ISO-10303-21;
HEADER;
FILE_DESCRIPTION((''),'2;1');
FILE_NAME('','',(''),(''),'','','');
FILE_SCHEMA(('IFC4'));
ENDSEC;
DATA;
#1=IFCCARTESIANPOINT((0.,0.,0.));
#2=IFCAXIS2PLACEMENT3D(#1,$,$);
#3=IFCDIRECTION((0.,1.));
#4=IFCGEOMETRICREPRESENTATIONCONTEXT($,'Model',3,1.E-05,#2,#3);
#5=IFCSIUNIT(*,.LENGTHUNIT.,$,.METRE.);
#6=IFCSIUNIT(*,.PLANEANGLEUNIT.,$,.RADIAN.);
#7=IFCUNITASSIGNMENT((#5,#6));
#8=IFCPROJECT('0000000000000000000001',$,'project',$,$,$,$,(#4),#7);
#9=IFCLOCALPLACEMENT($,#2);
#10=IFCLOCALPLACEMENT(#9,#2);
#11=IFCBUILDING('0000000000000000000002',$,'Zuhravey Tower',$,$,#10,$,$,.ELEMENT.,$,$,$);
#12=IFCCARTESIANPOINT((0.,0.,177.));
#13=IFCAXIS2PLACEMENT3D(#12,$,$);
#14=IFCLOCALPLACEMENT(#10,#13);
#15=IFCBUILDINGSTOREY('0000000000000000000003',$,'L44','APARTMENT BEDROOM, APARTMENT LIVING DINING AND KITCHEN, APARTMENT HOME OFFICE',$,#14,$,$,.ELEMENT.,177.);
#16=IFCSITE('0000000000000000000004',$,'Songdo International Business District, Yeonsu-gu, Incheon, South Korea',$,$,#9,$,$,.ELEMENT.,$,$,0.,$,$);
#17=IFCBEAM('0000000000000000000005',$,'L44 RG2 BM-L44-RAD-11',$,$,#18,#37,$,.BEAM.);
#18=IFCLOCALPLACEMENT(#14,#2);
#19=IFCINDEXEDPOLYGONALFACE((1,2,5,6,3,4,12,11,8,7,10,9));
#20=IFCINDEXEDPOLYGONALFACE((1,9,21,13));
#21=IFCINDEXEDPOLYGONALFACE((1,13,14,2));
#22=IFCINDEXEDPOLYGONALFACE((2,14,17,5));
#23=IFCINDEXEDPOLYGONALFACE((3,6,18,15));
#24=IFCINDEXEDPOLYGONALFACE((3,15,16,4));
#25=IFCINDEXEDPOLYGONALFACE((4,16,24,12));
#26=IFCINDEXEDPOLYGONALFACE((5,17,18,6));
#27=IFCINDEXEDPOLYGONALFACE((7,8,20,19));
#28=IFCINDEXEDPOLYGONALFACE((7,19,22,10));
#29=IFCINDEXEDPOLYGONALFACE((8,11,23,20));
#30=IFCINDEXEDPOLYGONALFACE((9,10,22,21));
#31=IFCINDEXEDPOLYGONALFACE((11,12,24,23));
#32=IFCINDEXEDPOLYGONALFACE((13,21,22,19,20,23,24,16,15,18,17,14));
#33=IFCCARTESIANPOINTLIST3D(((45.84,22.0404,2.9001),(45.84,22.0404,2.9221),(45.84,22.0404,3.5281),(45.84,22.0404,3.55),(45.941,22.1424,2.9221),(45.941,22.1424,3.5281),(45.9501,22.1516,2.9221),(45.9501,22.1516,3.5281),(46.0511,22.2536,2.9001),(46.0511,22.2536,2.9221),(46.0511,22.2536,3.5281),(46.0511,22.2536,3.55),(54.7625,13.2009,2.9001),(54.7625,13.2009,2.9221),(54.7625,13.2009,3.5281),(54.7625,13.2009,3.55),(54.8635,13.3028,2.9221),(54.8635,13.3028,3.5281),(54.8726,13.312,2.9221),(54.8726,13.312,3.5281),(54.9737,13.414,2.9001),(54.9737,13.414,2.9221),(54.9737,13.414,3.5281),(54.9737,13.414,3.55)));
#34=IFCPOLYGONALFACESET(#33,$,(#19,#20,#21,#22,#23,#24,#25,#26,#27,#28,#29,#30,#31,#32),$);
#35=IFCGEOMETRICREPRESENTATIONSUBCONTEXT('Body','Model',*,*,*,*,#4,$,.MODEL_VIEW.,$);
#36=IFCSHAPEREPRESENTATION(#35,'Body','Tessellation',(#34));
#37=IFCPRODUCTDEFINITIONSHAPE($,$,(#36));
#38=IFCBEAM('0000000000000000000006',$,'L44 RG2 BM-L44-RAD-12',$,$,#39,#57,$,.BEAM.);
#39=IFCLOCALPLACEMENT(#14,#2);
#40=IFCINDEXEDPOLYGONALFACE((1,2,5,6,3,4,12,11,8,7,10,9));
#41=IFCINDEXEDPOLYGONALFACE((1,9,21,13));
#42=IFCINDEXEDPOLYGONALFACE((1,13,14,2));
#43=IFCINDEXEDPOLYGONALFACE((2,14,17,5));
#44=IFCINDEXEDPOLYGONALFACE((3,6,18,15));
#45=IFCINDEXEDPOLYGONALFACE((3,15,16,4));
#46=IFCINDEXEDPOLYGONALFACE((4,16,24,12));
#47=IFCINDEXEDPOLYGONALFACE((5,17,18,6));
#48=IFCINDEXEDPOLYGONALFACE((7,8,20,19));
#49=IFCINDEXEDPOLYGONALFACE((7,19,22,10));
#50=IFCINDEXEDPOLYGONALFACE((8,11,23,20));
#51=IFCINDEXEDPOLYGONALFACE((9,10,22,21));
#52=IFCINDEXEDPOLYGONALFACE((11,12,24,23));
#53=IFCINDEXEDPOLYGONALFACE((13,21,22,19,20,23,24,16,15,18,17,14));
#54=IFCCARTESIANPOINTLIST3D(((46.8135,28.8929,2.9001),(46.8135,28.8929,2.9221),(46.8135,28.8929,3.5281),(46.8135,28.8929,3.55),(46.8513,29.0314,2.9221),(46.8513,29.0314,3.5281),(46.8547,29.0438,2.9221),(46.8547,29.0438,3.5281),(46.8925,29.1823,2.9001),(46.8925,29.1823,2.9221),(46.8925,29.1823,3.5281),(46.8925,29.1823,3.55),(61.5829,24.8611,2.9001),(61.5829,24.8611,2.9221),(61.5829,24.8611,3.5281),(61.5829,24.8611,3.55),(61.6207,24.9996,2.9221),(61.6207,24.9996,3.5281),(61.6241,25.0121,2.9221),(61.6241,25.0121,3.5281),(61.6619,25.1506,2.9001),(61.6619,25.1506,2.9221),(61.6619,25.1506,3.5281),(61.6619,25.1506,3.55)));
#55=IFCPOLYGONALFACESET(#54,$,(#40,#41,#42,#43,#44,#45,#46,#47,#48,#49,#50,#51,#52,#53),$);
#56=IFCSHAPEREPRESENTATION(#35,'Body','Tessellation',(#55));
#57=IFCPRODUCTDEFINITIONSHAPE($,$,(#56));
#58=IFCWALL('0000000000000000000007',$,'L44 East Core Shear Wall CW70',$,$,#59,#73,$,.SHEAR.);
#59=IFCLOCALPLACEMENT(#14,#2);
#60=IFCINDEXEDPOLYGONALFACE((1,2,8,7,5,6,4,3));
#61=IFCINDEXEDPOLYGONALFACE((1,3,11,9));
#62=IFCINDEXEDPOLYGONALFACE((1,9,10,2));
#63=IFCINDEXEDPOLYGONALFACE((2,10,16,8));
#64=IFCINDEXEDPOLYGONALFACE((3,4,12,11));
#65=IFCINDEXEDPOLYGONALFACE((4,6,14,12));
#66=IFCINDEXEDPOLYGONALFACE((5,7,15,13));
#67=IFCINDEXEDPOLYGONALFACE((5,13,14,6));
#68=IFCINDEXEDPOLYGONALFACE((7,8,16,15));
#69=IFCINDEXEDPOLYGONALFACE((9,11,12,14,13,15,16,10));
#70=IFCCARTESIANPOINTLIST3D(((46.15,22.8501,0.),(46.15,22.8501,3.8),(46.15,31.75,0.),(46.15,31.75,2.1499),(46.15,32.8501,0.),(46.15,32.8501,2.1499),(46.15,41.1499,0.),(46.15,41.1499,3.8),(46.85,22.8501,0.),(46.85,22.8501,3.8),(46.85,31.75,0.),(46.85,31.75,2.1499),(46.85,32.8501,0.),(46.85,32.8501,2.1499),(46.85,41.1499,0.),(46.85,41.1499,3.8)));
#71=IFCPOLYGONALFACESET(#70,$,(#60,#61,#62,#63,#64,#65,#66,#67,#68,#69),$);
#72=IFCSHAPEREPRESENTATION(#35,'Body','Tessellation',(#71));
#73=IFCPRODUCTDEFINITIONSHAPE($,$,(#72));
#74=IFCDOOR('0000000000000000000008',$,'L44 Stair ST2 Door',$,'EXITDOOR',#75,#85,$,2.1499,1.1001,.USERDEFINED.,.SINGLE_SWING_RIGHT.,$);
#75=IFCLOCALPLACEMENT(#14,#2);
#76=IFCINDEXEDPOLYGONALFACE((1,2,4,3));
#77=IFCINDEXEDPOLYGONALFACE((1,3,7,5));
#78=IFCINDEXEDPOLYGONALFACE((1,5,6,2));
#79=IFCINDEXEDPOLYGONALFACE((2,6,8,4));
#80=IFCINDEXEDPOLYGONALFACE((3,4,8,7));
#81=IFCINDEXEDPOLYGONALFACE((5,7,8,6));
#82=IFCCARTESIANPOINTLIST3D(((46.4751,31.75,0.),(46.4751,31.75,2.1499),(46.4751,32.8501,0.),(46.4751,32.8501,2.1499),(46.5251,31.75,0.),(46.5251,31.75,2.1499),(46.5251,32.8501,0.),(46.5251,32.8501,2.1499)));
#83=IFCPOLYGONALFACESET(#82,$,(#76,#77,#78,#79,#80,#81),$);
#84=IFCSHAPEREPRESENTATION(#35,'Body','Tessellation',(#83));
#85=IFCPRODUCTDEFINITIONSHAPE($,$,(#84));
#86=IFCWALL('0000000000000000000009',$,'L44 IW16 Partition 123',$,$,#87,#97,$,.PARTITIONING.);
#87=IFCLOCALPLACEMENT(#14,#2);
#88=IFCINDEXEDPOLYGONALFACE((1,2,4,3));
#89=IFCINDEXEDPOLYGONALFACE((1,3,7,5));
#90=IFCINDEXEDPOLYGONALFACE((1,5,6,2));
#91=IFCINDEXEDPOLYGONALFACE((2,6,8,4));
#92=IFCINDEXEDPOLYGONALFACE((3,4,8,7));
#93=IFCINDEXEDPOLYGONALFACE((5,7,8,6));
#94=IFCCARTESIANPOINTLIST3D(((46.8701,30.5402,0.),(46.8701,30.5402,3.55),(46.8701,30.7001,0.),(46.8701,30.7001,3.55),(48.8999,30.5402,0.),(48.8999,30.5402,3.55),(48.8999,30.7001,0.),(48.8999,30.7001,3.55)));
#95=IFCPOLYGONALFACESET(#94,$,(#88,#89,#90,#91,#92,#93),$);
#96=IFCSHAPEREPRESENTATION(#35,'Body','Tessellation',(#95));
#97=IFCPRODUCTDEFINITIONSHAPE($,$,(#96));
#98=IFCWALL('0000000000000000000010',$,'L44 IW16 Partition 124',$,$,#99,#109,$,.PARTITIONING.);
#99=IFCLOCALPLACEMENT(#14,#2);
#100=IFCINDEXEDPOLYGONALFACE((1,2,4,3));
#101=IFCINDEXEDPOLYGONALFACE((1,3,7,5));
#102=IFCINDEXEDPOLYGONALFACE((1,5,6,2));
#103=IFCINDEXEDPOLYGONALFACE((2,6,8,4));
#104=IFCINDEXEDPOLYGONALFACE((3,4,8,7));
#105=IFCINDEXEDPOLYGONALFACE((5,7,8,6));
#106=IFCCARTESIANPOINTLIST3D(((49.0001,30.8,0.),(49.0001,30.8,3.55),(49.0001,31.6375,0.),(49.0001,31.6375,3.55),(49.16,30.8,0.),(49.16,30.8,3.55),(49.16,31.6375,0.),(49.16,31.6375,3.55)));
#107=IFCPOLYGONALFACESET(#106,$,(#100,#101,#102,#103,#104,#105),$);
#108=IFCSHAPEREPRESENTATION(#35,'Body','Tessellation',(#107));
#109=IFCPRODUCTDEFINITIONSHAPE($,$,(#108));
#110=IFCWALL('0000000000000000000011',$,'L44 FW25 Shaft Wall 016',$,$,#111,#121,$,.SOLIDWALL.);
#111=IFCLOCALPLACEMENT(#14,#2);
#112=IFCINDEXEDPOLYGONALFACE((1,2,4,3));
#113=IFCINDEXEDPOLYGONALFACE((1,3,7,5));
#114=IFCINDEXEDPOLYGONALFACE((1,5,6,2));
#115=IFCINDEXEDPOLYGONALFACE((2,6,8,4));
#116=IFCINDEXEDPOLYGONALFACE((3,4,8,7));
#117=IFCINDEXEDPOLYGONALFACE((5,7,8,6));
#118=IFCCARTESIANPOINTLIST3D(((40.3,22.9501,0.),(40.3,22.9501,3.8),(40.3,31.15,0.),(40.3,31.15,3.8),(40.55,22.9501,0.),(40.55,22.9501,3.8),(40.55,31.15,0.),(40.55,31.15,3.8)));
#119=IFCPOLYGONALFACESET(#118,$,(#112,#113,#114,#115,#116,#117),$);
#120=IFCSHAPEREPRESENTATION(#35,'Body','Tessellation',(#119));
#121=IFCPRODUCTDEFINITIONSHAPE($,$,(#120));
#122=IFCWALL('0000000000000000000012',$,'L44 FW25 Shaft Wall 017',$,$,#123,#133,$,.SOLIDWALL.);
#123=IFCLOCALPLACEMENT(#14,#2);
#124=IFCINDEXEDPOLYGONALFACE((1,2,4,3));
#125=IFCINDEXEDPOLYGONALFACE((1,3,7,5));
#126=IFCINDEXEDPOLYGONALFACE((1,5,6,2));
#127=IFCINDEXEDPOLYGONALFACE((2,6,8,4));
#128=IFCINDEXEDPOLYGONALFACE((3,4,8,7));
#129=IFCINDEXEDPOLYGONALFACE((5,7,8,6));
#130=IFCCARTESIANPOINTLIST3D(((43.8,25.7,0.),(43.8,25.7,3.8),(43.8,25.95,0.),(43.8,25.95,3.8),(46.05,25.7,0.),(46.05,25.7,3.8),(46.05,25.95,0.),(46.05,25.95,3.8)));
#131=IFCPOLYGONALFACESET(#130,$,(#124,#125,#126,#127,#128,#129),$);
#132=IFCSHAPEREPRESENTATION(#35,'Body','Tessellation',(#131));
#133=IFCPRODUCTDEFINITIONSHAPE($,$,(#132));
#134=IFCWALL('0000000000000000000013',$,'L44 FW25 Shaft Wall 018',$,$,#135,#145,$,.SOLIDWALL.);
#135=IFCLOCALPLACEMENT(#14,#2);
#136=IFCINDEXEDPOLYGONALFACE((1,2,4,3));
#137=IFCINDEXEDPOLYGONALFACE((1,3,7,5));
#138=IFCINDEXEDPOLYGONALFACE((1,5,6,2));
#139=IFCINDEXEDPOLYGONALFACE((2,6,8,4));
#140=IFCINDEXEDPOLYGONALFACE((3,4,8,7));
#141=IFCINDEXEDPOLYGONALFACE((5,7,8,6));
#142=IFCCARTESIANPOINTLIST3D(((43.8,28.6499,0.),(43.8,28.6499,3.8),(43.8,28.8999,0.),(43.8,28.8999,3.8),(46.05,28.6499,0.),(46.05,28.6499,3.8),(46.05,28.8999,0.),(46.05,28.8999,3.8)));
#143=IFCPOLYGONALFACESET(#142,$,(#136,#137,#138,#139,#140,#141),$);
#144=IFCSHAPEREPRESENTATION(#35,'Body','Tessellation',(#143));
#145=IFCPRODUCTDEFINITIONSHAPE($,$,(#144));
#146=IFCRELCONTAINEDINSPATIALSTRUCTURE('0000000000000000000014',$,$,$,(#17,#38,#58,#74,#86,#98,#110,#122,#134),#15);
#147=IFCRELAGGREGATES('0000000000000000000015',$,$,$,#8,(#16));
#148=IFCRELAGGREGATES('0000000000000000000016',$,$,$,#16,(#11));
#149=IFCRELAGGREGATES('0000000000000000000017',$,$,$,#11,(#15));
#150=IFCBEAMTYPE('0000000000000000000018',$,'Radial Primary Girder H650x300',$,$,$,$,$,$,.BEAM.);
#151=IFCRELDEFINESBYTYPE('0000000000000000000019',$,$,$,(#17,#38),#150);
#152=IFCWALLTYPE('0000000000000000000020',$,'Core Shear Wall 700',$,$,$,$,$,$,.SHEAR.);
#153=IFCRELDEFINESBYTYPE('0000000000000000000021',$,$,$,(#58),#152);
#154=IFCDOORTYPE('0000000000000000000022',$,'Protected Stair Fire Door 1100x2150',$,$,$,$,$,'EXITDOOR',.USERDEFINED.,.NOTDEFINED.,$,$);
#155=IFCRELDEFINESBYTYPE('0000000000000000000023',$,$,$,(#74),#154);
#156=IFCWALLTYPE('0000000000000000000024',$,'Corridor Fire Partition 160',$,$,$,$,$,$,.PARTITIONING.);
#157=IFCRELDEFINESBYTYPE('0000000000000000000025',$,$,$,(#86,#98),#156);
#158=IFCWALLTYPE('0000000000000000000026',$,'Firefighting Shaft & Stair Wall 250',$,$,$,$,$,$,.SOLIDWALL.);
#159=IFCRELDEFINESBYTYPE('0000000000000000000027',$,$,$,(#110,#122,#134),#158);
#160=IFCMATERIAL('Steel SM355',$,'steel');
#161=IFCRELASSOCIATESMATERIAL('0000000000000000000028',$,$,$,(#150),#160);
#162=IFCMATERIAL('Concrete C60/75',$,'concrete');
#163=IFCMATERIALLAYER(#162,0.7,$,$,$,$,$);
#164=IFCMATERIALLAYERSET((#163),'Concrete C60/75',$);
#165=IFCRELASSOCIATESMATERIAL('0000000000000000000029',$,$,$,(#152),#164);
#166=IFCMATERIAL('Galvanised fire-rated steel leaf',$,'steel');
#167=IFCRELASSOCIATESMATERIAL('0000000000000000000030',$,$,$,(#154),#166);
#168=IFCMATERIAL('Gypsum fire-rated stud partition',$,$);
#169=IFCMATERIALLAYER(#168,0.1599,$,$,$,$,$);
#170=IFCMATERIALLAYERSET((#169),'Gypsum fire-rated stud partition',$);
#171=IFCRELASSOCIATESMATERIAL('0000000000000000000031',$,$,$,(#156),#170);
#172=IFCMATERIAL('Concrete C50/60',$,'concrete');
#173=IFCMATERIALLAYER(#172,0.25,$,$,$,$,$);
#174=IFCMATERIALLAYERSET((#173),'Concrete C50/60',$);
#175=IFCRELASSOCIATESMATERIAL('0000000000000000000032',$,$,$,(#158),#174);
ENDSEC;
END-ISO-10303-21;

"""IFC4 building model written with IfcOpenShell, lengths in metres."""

from ifc_helpers import new_model, si_unit, direction, frame, frame_2d, origin, origin_2d, place, context, subcontext, project, spatial, rectangle, i_section, extrude, material, layer, layer_set, material_profile, profile_set, type_object, element, fill, save


model = new_model("IFC4")

# Units and contexts
model_context = context("Model", 3, precision=1e-05, world=origin(), true_north=direction((0.0, 1.0)))
body_context = subcontext(model_context, "Body", "Model", "MODEL_VIEW")
ifc_project = project(units=[si_unit("LENGTHUNIT", "METRE"), si_unit("PLANEANGLEUNIT", "RADIAN")], contexts=[model_context])

# Site, building, storey
site_placement = place(None, origin())
site = spatial("IfcSite", under=ifc_project, at=site_placement, Name="Songdo International Business District, Yeonsu-gu, Incheon, South Korea", CompositionType="ELEMENT", RefElevation=0.0)
building_placement = place(site_placement, origin())
building = spatial("IfcBuilding", under=site, at=building_placement, Name="Zuhravey Tower", CompositionType="ELEMENT")
storey_placement = place(building_placement, frame((0.0, 0.0, 177.0)))
storey = spatial("IfcBuildingStorey", under=building, at=storey_placement, Name="L44", Description="APARTMENT BEDROOM, APARTMENT LIVING DINING AND KITCHEN, APARTMENT HOME OFFICE", CompositionType="ELEMENT", Elevation=177.0)

# Beams
ifc_material_1 = material(Name="Steel SM355", Category="steel")
ifc_material_profile = material_profile(ifc_material_1, i_section(OverallWidth=0.3, OverallDepth=0.6499, WebThickness=0.0129, FlangeThickness=0.022, at=origin_2d()), Name="H-650x300x13x22")
ifc_profile_set = profile_set([ifc_material_profile], Name="Steel SM355")
beam_type = type_object("IfcBeamType", Name="Radial Primary Girder H650x300", PredefinedType="BEAM", material=ifc_profile_set)
beam_1_placement = place(storey_placement, frame((45.9456, 22.147, 3.2251), z_axis=(0.710404, -0.703795, 0.0), x_axis=(0.703795, 0.710404, 0.0)))
element("IfcBeam", 1, at=beam_1_placement, inside=storey, type_object=beam_type, Name="L44 RG2 BM-L44-RAD-11", PredefinedType="BEAM", context=body_context, shape_type="SweptSolid", body=[
    extrude(i_section(OverallWidth=0.3, OverallDepth=0.6499, WebThickness=0.0129, FlangeThickness=0.022, at=origin_2d()), origin(), (0.0, 0.0, 1.0), 12.5598),
])
beam_2_placement = place(storey_placement, frame((46.853, 29.0376, 3.2251), z_axis=(0.964702, -0.263345, 0.0), x_axis=(0.263345, 0.964702, 0.0)))
element("IfcBeam", 2, at=beam_2_placement, inside=storey, type_object=beam_type, Name="L44 RG2 BM-L44-RAD-12", PredefinedType="BEAM", context=body_context, shape_type="SweptSolid", body=[
    extrude(i_section(OverallWidth=0.3, OverallDepth=0.6499, WebThickness=0.0129, FlangeThickness=0.022, at=origin_2d()), origin(), (0.0, 0.0, 1.0), 15.3098),
])

# Wall, opening, door
ifc_material_2 = material(Name="Concrete C60/75", Category="concrete")
ifc_layer_1 = layer(ifc_material_2, 0.7)
ifc_layer_set_1 = layer_set([ifc_layer_1], Name="Concrete C60/75")
wall_type_1 = type_object("IfcWallType", Name="Core Shear Wall 700", PredefinedType="SHEAR", material=ifc_layer_set_1)
wall_1_placement = place(storey_placement, frame((46.5, 22.8501, 0.0), z_axis=(0.0, 0.0, 1.0), x_axis=(0.0, 1.0, 0.0)))
wall_1 = element("IfcWall", 3, at=wall_1_placement, inside=storey, type_object=wall_type_1, Name="L44 East Core Shear Wall CW70", PredefinedType="SHEAR", context=body_context, shape_type="SweptSolid", body=[
    extrude(rectangle(XDim=18.2998, YDim=0.7, at=frame_2d((9.1499, 0.0))), origin(), (0.0, 0.0, 1.0), 3.8),
])
opening_1_placement = place(wall_1_placement, frame((8.8999, 0.0, 0.0)))
opening_1 = element("IfcOpeningElement", 4, at=opening_1_placement, cuts=wall_1, PredefinedType="OPENING", context=body_context, shape_type="SweptSolid", body=[
    extrude(rectangle(XDim=1.1001, YDim=2.1499, at=frame_2d((0.55, 1.075))), frame((0.0, 0.3621, 0.0), z_axis=(0.0, -1.0, 0.0), x_axis=(1.0, 0.0, 0.0)), (0.0, 0.0, 1.0), 0.7239),
])
ifc_material_3 = material(Name="Galvanised fire-rated steel leaf", Category="steel")
door_type_1 = type_object("IfcDoorType", Name="Protected Stair Fire Door 1100x2150", ElementType="EXITDOOR", OperationType="NOTDEFINED", PredefinedType="USERDEFINED", material=ifc_material_3)
door_1_placement = place(opening_1_placement, origin())
door_1 = element("IfcDoor", 5, at=door_1_placement, inside=storey, type_object=door_type_1, Name="L44 Stair ST2 Door", ObjectType="EXITDOOR", OperationType="SINGLE_SWING_RIGHT", OverallHeight=2.1499, OverallWidth=1.1001, PredefinedType="USERDEFINED", context=body_context, shape_type="SweptSolid", body=[
    extrude(rectangle(XDim=1.1001, YDim=2.1499, at=frame_2d((0.55, 1.075))), frame((0.0, 0.0249, 0.0), z_axis=(0.0, -1.0, 0.0), x_axis=(1.0, 0.0, 0.0)), (0.0, 0.0, 1.0), 0.05),
])
fill(opening_1, door_1)

# Walls
ifc_material_4 = material(Name="Gypsum fire-rated stud partition")
ifc_layer_2 = layer(ifc_material_4, 0.1599)
ifc_layer_set_2 = layer_set([ifc_layer_2], Name="Gypsum fire-rated stud partition")
wall_type_2 = type_object("IfcWallType", Name="Corridor Fire Partition 160", PredefinedType="PARTITIONING", material=ifc_layer_set_2)
wall_2_placement = place(storey_placement, frame((46.8701, 30.6201, 0.0), z_axis=(0.0, 0.0, 1.0), x_axis=(1.0, 0.0, 0.0)))
element("IfcWall", 6, at=wall_2_placement, inside=storey, type_object=wall_type_2, Name="L44 IW16 Partition 123", PredefinedType="PARTITIONING", context=body_context, shape_type="SweptSolid", body=[
    extrude(rectangle(XDim=2.0298, YDim=0.1599, at=frame_2d((1.0149, 0.0))), origin(), (0.0, 0.0, 1.0), 3.55),
])
wall_3_placement = place(storey_placement, frame((49.0801, 30.8, 0.0), z_axis=(0.0, 0.0, 1.0), x_axis=(0.0, 1.0, 0.0)))
element("IfcWall", 7, at=wall_3_placement, inside=storey, type_object=wall_type_2, Name="L44 IW16 Partition 124", PredefinedType="PARTITIONING", context=body_context, shape_type="SweptSolid", body=[
    extrude(rectangle(XDim=0.8374, YDim=0.1599, at=frame_2d((0.4187, 0.0))), origin(), (0.0, 0.0, 1.0), 3.55),
])
ifc_material_5 = material(Name="Concrete C50/60", Category="concrete")
ifc_layer_3 = layer(ifc_material_5, 0.25)
ifc_layer_set_3 = layer_set([ifc_layer_3], Name="Concrete C50/60")
wall_type_3 = type_object("IfcWallType", Name="Firefighting Shaft & Stair Wall 250", PredefinedType="SOLIDWALL", material=ifc_layer_set_3)
wall_4_placement = place(storey_placement, frame((40.425, 22.95, 0.0), z_axis=(0.0, 0.0, 1.0), x_axis=(0.0, 1.0, 0.0)))
element("IfcWall", 8, at=wall_4_placement, inside=storey, type_object=wall_type_3, Name="L44 FW25 Shaft Wall 016", PredefinedType="SOLIDWALL", context=body_context, shape_type="SweptSolid", body=[
    extrude(rectangle(XDim=8.2, YDim=0.25, at=frame_2d((4.1001, 0.0))), origin(), (0.0, 0.0, 1.0), 3.8),
])
for number, where, z_axis, x_axis, name in (
    (9, (43.8, 25.825, 0.0), (0.0, 0.0, 1.0), (1.0, 0.0, 0.0), "L44 FW25 Shaft Wall 017"),
    (10, (43.8, 28.7749, 0.0), (0.0, 0.0, 1.0), (1.0, 0.0, 0.0), "L44 FW25 Shaft Wall 018"),
):
    element("IfcWall", number, at=place(storey_placement, frame(where, z_axis=z_axis, x_axis=x_axis)), inside=storey, type_object=wall_type_3, Name=name, PredefinedType="SOLIDWALL", context=body_context, shape_type="SweptSolid", body=[
        extrude(rectangle(XDim=2.25, YDim=0.25, at=frame_2d((1.125, 0.0))), origin(), (0.0, 0.0, 1.0), 3.8),
    ])

save(model, "model.ifc")
